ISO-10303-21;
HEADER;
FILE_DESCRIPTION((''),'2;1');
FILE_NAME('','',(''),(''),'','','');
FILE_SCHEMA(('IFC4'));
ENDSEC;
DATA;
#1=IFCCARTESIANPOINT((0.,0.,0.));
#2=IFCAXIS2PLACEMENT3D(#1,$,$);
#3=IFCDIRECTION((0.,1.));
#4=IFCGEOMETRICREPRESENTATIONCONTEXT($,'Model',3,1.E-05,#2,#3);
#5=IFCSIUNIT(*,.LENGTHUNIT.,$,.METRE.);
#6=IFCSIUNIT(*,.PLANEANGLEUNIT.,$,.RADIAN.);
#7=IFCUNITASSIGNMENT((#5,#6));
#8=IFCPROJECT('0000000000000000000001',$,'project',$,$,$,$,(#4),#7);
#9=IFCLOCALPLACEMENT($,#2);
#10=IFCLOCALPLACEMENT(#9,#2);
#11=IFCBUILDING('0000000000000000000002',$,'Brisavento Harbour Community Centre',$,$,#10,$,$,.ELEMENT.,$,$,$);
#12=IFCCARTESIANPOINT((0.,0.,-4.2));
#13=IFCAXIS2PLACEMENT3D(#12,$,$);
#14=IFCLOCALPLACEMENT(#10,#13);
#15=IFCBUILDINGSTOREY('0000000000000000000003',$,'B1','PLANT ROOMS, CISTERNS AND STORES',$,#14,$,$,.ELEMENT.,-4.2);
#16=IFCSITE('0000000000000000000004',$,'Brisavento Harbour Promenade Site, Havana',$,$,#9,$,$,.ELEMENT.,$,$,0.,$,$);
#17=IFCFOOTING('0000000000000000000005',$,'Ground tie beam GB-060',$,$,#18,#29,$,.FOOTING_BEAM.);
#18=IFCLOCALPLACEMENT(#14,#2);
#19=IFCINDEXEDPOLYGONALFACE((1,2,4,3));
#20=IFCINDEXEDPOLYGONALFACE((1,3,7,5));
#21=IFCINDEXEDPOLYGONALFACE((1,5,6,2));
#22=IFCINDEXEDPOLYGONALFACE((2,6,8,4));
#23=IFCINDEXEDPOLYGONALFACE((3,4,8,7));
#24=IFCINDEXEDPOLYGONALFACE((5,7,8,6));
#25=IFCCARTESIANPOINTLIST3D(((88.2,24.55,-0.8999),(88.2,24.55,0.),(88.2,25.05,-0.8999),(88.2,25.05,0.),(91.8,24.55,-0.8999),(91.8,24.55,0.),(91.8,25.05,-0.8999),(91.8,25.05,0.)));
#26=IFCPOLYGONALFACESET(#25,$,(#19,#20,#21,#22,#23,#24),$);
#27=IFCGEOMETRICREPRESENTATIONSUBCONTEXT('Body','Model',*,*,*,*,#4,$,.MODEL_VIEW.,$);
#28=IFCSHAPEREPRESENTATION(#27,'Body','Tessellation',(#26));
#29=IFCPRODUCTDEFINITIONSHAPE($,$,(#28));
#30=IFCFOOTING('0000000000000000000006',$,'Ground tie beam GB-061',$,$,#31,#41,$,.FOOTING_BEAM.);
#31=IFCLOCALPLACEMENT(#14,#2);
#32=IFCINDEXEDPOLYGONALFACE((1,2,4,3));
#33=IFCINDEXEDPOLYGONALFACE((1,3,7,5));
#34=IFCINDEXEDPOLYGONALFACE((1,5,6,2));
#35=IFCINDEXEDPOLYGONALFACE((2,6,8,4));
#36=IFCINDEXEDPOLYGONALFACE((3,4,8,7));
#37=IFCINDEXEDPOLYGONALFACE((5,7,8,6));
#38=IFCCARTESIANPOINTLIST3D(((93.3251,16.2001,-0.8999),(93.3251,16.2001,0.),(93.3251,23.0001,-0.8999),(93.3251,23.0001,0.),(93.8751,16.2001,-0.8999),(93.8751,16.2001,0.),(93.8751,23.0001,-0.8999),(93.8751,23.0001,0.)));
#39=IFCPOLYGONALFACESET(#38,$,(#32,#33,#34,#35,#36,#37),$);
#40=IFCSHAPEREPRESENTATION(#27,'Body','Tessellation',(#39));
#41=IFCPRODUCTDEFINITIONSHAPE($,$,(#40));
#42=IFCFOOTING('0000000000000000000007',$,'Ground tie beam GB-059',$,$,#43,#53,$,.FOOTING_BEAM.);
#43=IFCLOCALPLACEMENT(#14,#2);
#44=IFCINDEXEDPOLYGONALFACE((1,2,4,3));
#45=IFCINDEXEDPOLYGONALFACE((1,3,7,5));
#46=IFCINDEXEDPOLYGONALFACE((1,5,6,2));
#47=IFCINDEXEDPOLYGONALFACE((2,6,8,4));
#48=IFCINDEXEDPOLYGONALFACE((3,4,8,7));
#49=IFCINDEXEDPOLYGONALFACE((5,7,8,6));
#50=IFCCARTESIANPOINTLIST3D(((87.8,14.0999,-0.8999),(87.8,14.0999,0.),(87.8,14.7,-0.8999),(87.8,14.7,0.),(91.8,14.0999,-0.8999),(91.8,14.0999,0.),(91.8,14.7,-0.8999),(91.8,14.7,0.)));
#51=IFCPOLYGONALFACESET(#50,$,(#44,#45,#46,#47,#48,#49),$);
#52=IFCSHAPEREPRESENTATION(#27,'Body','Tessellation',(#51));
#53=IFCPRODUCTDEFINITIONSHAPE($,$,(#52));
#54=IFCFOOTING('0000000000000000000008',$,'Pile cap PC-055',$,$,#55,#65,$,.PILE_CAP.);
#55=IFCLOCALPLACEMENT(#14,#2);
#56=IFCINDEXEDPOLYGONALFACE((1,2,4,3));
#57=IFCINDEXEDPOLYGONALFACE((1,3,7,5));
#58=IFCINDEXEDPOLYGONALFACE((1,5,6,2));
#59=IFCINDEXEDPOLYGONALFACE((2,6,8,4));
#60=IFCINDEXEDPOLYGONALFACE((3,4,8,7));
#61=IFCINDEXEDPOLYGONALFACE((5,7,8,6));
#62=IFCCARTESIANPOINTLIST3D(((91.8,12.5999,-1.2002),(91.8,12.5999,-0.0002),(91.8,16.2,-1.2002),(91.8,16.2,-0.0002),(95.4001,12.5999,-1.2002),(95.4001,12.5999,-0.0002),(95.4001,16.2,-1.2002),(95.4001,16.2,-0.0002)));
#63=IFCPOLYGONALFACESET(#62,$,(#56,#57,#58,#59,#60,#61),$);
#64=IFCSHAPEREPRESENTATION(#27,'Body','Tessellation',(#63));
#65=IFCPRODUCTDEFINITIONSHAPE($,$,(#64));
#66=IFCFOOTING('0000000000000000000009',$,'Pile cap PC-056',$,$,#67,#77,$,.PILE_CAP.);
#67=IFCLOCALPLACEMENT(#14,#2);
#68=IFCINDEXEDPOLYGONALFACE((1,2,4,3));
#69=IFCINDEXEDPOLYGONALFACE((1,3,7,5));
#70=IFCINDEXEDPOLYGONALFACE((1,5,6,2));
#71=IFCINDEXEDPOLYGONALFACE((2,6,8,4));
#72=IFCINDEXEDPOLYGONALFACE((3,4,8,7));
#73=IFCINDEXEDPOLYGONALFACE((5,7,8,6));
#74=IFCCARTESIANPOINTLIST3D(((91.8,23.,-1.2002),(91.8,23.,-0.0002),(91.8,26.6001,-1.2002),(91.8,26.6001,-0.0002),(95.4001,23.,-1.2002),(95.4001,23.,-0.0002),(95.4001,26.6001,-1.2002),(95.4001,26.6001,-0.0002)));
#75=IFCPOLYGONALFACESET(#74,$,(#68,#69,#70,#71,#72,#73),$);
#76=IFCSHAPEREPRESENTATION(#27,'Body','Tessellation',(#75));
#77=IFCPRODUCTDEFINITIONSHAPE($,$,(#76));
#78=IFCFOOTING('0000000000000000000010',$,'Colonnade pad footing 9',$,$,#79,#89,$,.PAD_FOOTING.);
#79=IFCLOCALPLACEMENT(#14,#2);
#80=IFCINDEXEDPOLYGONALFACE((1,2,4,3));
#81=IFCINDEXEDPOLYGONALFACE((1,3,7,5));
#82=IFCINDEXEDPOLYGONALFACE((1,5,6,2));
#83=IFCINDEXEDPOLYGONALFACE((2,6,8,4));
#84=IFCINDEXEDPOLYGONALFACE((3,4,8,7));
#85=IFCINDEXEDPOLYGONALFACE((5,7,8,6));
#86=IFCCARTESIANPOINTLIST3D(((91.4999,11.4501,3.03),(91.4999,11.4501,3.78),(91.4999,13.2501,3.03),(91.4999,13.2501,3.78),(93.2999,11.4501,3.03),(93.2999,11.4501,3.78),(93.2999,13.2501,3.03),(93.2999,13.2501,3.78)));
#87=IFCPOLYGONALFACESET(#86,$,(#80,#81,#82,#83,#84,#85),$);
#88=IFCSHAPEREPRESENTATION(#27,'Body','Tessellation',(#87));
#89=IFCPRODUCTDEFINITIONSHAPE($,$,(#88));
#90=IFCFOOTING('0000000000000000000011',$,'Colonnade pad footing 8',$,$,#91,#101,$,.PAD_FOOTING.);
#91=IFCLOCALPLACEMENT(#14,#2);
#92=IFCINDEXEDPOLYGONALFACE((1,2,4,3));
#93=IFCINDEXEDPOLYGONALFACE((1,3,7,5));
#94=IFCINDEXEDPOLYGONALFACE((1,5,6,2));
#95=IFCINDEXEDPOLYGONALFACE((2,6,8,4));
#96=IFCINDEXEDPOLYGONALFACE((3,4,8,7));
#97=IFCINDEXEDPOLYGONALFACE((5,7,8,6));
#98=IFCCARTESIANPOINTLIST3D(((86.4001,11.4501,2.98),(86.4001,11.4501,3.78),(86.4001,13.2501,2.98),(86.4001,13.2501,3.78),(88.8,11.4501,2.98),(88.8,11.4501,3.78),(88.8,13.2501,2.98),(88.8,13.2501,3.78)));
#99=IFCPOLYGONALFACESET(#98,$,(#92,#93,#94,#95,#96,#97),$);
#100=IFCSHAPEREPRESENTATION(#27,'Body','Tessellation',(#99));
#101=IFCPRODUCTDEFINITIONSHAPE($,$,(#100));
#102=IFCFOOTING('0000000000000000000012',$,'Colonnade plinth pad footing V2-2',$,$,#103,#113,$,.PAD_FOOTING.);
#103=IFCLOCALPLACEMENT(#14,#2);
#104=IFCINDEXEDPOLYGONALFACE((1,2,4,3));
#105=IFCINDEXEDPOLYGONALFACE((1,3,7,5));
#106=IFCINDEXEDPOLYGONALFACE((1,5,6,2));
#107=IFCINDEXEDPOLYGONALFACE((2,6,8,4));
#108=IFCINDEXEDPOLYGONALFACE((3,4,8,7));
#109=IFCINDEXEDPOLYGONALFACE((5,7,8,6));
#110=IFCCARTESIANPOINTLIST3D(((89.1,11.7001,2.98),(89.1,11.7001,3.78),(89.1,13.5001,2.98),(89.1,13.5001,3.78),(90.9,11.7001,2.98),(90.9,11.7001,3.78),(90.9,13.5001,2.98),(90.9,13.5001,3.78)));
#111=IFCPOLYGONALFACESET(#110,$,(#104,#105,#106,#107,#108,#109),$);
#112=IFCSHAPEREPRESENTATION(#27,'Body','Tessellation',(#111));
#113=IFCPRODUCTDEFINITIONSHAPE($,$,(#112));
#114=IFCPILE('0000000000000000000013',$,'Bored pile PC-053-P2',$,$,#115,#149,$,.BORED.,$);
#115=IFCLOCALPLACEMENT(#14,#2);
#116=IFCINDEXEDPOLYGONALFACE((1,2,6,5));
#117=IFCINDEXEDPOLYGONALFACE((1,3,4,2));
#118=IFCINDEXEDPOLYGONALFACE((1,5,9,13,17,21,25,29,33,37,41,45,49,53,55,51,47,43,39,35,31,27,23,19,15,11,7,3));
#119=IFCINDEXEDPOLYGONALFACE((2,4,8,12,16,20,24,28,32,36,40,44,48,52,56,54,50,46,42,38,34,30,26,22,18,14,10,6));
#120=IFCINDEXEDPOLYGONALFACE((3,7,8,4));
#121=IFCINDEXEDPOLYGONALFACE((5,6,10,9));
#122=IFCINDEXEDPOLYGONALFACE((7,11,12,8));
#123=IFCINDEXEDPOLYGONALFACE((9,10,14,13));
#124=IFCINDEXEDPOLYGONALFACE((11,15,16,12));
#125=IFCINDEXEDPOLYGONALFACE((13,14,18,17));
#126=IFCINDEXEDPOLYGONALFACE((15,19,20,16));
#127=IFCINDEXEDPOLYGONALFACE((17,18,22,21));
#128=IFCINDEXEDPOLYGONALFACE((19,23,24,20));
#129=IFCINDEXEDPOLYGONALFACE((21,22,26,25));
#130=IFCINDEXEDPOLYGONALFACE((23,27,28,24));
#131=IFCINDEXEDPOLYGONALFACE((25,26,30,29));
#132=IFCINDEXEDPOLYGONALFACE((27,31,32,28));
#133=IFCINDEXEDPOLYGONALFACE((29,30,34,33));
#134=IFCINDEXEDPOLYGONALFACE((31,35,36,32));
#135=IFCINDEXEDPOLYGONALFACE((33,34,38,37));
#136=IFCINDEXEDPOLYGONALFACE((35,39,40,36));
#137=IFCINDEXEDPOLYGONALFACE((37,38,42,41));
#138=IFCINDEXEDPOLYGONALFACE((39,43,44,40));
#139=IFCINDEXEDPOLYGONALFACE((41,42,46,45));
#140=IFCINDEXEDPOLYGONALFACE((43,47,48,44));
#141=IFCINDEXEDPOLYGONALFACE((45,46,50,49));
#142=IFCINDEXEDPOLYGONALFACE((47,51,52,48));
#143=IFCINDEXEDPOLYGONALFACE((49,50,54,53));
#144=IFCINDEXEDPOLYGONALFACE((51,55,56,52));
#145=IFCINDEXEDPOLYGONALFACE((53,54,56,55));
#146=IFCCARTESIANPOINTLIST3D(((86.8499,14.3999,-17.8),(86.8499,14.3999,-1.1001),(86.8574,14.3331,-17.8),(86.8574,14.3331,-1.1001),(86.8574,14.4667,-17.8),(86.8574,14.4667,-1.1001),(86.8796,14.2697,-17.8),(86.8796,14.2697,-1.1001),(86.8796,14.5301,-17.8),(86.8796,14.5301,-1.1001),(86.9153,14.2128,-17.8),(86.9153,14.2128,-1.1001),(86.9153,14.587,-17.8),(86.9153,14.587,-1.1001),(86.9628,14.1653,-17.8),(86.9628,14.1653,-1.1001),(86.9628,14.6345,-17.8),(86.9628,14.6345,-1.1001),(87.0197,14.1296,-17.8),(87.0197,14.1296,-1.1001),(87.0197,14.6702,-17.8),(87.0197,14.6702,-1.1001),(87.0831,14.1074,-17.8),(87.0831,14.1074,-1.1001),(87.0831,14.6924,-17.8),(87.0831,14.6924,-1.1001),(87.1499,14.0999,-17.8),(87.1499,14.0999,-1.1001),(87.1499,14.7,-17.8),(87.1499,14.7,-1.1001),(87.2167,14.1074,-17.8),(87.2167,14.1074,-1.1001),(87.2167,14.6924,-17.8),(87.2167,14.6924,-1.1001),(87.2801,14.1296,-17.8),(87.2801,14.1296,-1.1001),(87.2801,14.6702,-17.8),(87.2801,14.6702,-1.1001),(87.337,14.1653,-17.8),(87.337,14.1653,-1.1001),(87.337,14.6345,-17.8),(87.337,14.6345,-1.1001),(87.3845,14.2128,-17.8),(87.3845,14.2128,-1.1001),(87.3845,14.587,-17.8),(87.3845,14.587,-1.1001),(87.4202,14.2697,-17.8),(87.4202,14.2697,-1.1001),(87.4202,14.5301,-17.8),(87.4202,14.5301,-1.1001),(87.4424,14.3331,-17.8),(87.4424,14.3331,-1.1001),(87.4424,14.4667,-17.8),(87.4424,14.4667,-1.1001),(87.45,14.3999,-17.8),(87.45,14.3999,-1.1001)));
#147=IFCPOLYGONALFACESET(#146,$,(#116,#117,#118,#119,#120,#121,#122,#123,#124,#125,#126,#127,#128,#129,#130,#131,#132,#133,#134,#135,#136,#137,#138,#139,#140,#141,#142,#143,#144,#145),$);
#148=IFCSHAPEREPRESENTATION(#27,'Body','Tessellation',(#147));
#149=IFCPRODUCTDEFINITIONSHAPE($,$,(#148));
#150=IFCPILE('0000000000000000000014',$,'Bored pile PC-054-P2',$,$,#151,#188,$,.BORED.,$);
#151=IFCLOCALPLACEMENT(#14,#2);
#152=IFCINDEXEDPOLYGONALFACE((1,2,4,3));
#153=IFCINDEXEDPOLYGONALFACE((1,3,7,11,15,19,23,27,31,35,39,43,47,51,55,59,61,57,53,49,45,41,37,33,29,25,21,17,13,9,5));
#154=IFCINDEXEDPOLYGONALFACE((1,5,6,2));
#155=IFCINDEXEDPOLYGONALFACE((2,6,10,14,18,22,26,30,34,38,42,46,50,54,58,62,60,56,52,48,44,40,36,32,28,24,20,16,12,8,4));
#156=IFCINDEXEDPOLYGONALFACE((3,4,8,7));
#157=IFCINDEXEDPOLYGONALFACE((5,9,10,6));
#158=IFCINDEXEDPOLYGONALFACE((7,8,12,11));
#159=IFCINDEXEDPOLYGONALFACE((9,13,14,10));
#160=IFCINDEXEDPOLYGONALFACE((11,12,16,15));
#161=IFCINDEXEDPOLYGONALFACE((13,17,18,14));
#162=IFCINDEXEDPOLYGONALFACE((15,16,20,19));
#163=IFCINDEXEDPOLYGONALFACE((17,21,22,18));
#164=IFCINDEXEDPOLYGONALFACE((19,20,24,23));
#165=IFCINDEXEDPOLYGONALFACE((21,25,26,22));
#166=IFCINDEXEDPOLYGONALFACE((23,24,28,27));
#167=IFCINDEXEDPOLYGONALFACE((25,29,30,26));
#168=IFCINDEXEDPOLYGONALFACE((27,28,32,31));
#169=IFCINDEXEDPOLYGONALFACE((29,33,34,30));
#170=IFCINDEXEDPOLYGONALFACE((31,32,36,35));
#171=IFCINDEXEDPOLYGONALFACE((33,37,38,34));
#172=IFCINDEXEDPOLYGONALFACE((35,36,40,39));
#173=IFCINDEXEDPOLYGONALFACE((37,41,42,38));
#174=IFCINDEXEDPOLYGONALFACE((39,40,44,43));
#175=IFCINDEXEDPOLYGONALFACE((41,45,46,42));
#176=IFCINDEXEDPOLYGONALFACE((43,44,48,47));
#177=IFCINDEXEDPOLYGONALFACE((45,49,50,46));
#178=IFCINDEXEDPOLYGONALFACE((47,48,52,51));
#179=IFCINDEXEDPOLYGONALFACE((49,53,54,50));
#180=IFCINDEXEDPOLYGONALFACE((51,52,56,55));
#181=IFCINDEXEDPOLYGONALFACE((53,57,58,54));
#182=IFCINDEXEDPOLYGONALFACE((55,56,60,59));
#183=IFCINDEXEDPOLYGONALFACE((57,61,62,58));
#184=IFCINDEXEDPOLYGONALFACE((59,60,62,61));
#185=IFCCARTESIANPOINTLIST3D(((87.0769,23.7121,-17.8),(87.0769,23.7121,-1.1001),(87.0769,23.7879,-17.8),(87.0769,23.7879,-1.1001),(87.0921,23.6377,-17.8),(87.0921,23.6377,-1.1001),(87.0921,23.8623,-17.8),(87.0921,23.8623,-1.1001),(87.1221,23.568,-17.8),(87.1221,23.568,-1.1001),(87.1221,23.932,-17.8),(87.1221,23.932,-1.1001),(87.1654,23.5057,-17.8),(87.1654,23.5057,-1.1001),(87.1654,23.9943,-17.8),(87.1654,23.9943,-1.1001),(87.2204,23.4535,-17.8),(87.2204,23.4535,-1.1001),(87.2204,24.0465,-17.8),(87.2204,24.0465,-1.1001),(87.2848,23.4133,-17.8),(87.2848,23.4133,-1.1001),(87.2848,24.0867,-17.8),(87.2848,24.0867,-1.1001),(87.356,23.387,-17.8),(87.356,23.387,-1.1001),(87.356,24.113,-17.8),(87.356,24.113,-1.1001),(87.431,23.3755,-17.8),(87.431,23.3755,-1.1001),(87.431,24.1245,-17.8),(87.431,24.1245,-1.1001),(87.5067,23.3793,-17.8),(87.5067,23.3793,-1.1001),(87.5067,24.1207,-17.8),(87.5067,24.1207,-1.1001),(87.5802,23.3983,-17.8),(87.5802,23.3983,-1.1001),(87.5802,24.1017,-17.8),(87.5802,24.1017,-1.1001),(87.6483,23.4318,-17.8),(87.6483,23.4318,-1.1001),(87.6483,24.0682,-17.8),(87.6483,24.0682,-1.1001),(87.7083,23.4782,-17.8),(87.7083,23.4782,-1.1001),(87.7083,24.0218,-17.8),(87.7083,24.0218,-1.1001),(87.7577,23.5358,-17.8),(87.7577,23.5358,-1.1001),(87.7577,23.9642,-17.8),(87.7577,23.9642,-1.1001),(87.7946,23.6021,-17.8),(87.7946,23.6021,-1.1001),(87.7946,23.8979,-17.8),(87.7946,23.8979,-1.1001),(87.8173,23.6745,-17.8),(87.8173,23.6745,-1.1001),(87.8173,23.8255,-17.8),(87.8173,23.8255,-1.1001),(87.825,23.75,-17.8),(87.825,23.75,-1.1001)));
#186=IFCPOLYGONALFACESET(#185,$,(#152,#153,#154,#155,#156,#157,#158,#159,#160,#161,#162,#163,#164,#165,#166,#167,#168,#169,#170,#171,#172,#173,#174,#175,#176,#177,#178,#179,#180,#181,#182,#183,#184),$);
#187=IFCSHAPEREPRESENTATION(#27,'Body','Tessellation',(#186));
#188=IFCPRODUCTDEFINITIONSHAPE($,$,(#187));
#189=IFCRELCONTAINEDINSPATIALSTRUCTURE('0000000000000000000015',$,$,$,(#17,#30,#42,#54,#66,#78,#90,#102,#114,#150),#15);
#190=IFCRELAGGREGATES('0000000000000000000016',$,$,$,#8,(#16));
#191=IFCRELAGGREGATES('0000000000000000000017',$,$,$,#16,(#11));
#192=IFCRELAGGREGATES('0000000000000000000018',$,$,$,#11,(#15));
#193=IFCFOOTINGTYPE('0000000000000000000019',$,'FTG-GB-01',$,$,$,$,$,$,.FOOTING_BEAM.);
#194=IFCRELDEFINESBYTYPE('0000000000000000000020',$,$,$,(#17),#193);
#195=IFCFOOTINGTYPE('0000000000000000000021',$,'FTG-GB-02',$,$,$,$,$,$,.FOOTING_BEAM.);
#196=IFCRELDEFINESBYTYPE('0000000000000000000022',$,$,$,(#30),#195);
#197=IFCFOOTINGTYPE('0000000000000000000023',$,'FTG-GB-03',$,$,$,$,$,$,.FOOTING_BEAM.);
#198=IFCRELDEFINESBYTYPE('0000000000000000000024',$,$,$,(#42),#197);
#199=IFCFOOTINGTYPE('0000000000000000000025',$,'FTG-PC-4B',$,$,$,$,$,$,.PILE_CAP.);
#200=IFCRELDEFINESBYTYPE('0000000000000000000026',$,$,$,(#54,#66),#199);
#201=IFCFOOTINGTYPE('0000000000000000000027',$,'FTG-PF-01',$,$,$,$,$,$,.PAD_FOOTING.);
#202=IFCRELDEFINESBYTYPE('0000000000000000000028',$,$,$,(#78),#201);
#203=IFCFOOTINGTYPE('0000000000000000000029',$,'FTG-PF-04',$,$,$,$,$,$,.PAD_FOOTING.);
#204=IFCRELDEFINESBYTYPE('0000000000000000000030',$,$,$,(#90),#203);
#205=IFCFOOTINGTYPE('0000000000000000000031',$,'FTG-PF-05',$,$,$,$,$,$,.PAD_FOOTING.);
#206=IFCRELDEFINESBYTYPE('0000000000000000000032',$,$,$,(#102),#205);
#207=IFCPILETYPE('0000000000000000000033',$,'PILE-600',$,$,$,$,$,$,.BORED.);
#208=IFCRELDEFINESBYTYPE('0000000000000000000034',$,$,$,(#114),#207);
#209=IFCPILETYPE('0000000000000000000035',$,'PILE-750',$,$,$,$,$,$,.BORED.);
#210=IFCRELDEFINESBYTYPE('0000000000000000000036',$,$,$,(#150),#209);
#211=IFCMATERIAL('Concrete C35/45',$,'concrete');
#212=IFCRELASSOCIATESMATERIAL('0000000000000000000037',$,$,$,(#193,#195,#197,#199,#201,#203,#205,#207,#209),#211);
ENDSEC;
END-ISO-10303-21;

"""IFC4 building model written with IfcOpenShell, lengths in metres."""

from ifc_helpers import new_model, si_unit, direction, frame, origin, origin_2d, place, context, subcontext, project, spatial, rectangle, circle, extrude, material, material_profile, profile_set, type_object, element, save


model = new_model("IFC4")

# Units and contexts
model_context = context("Model", 3, precision=1e-05, world=origin(), true_north=direction((0.0, 1.0)))
body_context = subcontext(model_context, "Body", "Model", "MODEL_VIEW")
ifc_project = project(units=[si_unit("LENGTHUNIT", "METRE"), si_unit("PLANEANGLEUNIT", "RADIAN")], contexts=[model_context])

# Site, building, storey
site_placement = place(None, origin())
site = spatial("IfcSite", under=ifc_project, at=site_placement, Name="Brisavento Harbour Promenade Site, Havana", CompositionType="ELEMENT", RefElevation=0.0)
building_placement = place(site_placement, origin())
building = spatial("IfcBuilding", under=site, at=building_placement, Name="Brisavento Harbour Community Centre", CompositionType="ELEMENT")
storey_placement = place(building_placement, frame((0.0, 0.0, -4.2)))
storey = spatial("IfcBuildingStorey", under=building, at=storey_placement, Name="B1", Description="PLANT ROOMS, CISTERNS AND STORES", CompositionType="ELEMENT", Elevation=-4.2)

# Footings
ifc_material_1 = material(Name="Concrete C35/45", Category="concrete")
footing_type_1 = type_object("IfcFootingType", Name="FTG-GB-01", PredefinedType="FOOTING_BEAM", material=ifc_material_1)
footing_1_placement = place(storey_placement, frame((90.0, 24.8, -0.8999), z_axis=(0.0, 0.0, 1.0), x_axis=(1.0, 0.0, 0.0)))
element("IfcFooting", 1, at=footing_1_placement, inside=storey, type_object=footing_type_1, Name="Ground tie beam GB-060", PredefinedType="FOOTING_BEAM", context=body_context, shape_type="SweptSolid", body=[
    extrude(rectangle(XDim=3.6001, YDim=0.5, at=origin_2d()), origin(), (0.0, 0.0, 1.0), 0.8999),
])
footing_type_2 = type_object("IfcFootingType", Name="FTG-GB-02", PredefinedType="FOOTING_BEAM", material=ifc_material_1)
footing_2_placement = place(storey_placement, frame((93.6001, 19.6001, -0.8999), z_axis=(0.0, 0.0, 1.0), x_axis=(1.0, 0.0, 0.0)))
element("IfcFooting", 2, at=footing_2_placement, inside=storey, type_object=footing_type_2, Name="Ground tie beam GB-061", PredefinedType="FOOTING_BEAM", context=body_context, shape_type="SweptSolid", body=[
    extrude(rectangle(XDim=0.55, YDim=6.8, at=origin_2d()), origin(), (0.0, 0.0, 1.0), 0.8999),
])
footing_type_3 = type_object("IfcFootingType", Name="FTG-GB-03", PredefinedType="FOOTING_BEAM", material=ifc_material_1)
footing_3_placement = place(storey_placement, frame((89.8, 14.3999, -0.8999), z_axis=(0.0, 0.0, 1.0), x_axis=(1.0, 0.0, 0.0)))
element("IfcFooting", 3, at=footing_3_placement, inside=storey, type_object=footing_type_3, Name="Ground tie beam GB-059", PredefinedType="FOOTING_BEAM", context=body_context, shape_type="SweptSolid", body=[
    extrude(rectangle(XDim=4.0, YDim=0.6001, at=origin_2d()), origin(), (0.0, 0.0, 1.0), 0.8999),
])
footing_type_4 = type_object("IfcFootingType", Name="FTG-PC-4B", PredefinedType="PILE_CAP", material=ifc_material_1)
for number, where, z_axis, x_axis, name in (
    (4, (93.6001, 14.3999, -1.2002), (0.0, 0.0, 1.0), (1.0, 0.0, 0.0), "Pile cap PC-055"),
    (5, (93.6001, 24.8, -1.2002), (0.0, 0.0, 1.0), (1.0, 0.0, 0.0), "Pile cap PC-056"),
):
    element("IfcFooting", number, at=place(storey_placement, frame(where, z_axis=z_axis, x_axis=x_axis)), inside=storey, type_object=footing_type_4, Name=name, PredefinedType="PILE_CAP", context=body_context, shape_type="SweptSolid", body=[
        extrude(rectangle(XDim=3.6001, YDim=3.6001, at=origin_2d()), origin(), (0.0, 0.0, 1.0), 1.2),
    ])
footing_type_5 = type_object("IfcFootingType", Name="FTG-PF-01", PredefinedType="PAD_FOOTING", material=ifc_material_1)
footing_4_placement = place(storey_placement, frame((92.3999, 12.3501, 3.03), z_axis=(0.0, 0.0, 1.0), x_axis=(1.0, 0.0, 0.0)))
element("IfcFooting", 6, at=footing_4_placement, inside=storey, type_object=footing_type_5, Name="Colonnade pad footing 9", PredefinedType="PAD_FOOTING", context=body_context, shape_type="SweptSolid", body=[
    extrude(rectangle(XDim=1.8, YDim=1.8, at=origin_2d()), origin(), (0.0, 0.0, 1.0), 0.75),
])
footing_type_6 = type_object("IfcFootingType", Name="FTG-PF-04", PredefinedType="PAD_FOOTING", material=ifc_material_1)
footing_5_placement = place(storey_placement, frame((87.6001, 12.3501, 2.98), z_axis=(0.0, 0.0, 1.0), x_axis=(1.0, 0.0, 0.0)))
element("IfcFooting", 7, at=footing_5_placement, inside=storey, type_object=footing_type_6, Name="Colonnade pad footing 8", PredefinedType="PAD_FOOTING", context=body_context, shape_type="SweptSolid", body=[
    extrude(rectangle(XDim=2.3999, YDim=1.8, at=origin_2d()), origin(), (0.0, 0.0, 1.0), 0.8),
])
footing_type_7 = type_object("IfcFootingType", Name="FTG-PF-05", PredefinedType="PAD_FOOTING", material=ifc_material_1)
footing_6_placement = place(storey_placement, frame((90.0, 12.6001, 2.98), z_axis=(0.0, 0.0, 1.0), x_axis=(1.0, 0.0, 0.0)))
element("IfcFooting", 8, at=footing_6_placement, inside=storey, type_object=footing_type_7, Name="Colonnade plinth pad footing V2-2", PredefinedType="PAD_FOOTING", context=body_context, shape_type="SweptSolid", body=[
    extrude(rectangle(XDim=1.8, YDim=1.8, at=origin_2d()), origin(), (0.0, 0.0, 1.0), 0.8),
])

# Piles
ifc_material_profile_1 = material_profile(ifc_material_1, circle(Radius=0.3, at=origin_2d()), Name="Concrete C35/45")
ifc_profile_set_1 = profile_set([ifc_material_profile_1], Name="Concrete C35/45")
pile_type_1 = type_object("IfcPileType", Name="PILE-600", PredefinedType="BORED", material=ifc_profile_set_1)
pile_placement = place(storey_placement, frame((87.1499, 14.3999, -1.1001), z_axis=(0.0, 0.0, -1.0), x_axis=(1.0, 0.0, 0.0)))
element("IfcPile", 9, at=pile_placement, inside=storey, type_object=pile_type_1, Name="Bored pile PC-053-P2", PredefinedType="BORED", context=body_context, shape_type="SweptSolid", body=[
    extrude(circle(Radius=0.3, at=origin_2d()), origin(), (0.0, 0.0, 1.0), 16.7),
])
ifc_material_profile_2 = material_profile(ifc_material_1, circle(Radius=0.375, at=origin_2d()), Name="Concrete C35/45")
ifc_profile_set_2 = profile_set([ifc_material_profile_2], Name="Concrete C35/45")
pile_type_2 = type_object("IfcPileType", Name="PILE-750", PredefinedType="BORED", material=ifc_profile_set_2)
for number, where, z_axis, x_axis, name in (
    (10, (87.45, 23.75, -1.1001), (0.0, 0.0, -1.0), (1.0, 0.0, 0.0), "Bored pile PC-054-P2"),
):
    element("IfcPile", number, at=place(storey_placement, frame(where, z_axis=z_axis, x_axis=x_axis)), inside=storey, type_object=pile_type_2, Name=name, PredefinedType="BORED", context=body_context, shape_type="SweptSolid", body=[
        extrude(circle(Radius=0.375, at=origin_2d()), origin(), (0.0, 0.0, 1.0), 16.7),
    ])

save(model, "model.ifc")
